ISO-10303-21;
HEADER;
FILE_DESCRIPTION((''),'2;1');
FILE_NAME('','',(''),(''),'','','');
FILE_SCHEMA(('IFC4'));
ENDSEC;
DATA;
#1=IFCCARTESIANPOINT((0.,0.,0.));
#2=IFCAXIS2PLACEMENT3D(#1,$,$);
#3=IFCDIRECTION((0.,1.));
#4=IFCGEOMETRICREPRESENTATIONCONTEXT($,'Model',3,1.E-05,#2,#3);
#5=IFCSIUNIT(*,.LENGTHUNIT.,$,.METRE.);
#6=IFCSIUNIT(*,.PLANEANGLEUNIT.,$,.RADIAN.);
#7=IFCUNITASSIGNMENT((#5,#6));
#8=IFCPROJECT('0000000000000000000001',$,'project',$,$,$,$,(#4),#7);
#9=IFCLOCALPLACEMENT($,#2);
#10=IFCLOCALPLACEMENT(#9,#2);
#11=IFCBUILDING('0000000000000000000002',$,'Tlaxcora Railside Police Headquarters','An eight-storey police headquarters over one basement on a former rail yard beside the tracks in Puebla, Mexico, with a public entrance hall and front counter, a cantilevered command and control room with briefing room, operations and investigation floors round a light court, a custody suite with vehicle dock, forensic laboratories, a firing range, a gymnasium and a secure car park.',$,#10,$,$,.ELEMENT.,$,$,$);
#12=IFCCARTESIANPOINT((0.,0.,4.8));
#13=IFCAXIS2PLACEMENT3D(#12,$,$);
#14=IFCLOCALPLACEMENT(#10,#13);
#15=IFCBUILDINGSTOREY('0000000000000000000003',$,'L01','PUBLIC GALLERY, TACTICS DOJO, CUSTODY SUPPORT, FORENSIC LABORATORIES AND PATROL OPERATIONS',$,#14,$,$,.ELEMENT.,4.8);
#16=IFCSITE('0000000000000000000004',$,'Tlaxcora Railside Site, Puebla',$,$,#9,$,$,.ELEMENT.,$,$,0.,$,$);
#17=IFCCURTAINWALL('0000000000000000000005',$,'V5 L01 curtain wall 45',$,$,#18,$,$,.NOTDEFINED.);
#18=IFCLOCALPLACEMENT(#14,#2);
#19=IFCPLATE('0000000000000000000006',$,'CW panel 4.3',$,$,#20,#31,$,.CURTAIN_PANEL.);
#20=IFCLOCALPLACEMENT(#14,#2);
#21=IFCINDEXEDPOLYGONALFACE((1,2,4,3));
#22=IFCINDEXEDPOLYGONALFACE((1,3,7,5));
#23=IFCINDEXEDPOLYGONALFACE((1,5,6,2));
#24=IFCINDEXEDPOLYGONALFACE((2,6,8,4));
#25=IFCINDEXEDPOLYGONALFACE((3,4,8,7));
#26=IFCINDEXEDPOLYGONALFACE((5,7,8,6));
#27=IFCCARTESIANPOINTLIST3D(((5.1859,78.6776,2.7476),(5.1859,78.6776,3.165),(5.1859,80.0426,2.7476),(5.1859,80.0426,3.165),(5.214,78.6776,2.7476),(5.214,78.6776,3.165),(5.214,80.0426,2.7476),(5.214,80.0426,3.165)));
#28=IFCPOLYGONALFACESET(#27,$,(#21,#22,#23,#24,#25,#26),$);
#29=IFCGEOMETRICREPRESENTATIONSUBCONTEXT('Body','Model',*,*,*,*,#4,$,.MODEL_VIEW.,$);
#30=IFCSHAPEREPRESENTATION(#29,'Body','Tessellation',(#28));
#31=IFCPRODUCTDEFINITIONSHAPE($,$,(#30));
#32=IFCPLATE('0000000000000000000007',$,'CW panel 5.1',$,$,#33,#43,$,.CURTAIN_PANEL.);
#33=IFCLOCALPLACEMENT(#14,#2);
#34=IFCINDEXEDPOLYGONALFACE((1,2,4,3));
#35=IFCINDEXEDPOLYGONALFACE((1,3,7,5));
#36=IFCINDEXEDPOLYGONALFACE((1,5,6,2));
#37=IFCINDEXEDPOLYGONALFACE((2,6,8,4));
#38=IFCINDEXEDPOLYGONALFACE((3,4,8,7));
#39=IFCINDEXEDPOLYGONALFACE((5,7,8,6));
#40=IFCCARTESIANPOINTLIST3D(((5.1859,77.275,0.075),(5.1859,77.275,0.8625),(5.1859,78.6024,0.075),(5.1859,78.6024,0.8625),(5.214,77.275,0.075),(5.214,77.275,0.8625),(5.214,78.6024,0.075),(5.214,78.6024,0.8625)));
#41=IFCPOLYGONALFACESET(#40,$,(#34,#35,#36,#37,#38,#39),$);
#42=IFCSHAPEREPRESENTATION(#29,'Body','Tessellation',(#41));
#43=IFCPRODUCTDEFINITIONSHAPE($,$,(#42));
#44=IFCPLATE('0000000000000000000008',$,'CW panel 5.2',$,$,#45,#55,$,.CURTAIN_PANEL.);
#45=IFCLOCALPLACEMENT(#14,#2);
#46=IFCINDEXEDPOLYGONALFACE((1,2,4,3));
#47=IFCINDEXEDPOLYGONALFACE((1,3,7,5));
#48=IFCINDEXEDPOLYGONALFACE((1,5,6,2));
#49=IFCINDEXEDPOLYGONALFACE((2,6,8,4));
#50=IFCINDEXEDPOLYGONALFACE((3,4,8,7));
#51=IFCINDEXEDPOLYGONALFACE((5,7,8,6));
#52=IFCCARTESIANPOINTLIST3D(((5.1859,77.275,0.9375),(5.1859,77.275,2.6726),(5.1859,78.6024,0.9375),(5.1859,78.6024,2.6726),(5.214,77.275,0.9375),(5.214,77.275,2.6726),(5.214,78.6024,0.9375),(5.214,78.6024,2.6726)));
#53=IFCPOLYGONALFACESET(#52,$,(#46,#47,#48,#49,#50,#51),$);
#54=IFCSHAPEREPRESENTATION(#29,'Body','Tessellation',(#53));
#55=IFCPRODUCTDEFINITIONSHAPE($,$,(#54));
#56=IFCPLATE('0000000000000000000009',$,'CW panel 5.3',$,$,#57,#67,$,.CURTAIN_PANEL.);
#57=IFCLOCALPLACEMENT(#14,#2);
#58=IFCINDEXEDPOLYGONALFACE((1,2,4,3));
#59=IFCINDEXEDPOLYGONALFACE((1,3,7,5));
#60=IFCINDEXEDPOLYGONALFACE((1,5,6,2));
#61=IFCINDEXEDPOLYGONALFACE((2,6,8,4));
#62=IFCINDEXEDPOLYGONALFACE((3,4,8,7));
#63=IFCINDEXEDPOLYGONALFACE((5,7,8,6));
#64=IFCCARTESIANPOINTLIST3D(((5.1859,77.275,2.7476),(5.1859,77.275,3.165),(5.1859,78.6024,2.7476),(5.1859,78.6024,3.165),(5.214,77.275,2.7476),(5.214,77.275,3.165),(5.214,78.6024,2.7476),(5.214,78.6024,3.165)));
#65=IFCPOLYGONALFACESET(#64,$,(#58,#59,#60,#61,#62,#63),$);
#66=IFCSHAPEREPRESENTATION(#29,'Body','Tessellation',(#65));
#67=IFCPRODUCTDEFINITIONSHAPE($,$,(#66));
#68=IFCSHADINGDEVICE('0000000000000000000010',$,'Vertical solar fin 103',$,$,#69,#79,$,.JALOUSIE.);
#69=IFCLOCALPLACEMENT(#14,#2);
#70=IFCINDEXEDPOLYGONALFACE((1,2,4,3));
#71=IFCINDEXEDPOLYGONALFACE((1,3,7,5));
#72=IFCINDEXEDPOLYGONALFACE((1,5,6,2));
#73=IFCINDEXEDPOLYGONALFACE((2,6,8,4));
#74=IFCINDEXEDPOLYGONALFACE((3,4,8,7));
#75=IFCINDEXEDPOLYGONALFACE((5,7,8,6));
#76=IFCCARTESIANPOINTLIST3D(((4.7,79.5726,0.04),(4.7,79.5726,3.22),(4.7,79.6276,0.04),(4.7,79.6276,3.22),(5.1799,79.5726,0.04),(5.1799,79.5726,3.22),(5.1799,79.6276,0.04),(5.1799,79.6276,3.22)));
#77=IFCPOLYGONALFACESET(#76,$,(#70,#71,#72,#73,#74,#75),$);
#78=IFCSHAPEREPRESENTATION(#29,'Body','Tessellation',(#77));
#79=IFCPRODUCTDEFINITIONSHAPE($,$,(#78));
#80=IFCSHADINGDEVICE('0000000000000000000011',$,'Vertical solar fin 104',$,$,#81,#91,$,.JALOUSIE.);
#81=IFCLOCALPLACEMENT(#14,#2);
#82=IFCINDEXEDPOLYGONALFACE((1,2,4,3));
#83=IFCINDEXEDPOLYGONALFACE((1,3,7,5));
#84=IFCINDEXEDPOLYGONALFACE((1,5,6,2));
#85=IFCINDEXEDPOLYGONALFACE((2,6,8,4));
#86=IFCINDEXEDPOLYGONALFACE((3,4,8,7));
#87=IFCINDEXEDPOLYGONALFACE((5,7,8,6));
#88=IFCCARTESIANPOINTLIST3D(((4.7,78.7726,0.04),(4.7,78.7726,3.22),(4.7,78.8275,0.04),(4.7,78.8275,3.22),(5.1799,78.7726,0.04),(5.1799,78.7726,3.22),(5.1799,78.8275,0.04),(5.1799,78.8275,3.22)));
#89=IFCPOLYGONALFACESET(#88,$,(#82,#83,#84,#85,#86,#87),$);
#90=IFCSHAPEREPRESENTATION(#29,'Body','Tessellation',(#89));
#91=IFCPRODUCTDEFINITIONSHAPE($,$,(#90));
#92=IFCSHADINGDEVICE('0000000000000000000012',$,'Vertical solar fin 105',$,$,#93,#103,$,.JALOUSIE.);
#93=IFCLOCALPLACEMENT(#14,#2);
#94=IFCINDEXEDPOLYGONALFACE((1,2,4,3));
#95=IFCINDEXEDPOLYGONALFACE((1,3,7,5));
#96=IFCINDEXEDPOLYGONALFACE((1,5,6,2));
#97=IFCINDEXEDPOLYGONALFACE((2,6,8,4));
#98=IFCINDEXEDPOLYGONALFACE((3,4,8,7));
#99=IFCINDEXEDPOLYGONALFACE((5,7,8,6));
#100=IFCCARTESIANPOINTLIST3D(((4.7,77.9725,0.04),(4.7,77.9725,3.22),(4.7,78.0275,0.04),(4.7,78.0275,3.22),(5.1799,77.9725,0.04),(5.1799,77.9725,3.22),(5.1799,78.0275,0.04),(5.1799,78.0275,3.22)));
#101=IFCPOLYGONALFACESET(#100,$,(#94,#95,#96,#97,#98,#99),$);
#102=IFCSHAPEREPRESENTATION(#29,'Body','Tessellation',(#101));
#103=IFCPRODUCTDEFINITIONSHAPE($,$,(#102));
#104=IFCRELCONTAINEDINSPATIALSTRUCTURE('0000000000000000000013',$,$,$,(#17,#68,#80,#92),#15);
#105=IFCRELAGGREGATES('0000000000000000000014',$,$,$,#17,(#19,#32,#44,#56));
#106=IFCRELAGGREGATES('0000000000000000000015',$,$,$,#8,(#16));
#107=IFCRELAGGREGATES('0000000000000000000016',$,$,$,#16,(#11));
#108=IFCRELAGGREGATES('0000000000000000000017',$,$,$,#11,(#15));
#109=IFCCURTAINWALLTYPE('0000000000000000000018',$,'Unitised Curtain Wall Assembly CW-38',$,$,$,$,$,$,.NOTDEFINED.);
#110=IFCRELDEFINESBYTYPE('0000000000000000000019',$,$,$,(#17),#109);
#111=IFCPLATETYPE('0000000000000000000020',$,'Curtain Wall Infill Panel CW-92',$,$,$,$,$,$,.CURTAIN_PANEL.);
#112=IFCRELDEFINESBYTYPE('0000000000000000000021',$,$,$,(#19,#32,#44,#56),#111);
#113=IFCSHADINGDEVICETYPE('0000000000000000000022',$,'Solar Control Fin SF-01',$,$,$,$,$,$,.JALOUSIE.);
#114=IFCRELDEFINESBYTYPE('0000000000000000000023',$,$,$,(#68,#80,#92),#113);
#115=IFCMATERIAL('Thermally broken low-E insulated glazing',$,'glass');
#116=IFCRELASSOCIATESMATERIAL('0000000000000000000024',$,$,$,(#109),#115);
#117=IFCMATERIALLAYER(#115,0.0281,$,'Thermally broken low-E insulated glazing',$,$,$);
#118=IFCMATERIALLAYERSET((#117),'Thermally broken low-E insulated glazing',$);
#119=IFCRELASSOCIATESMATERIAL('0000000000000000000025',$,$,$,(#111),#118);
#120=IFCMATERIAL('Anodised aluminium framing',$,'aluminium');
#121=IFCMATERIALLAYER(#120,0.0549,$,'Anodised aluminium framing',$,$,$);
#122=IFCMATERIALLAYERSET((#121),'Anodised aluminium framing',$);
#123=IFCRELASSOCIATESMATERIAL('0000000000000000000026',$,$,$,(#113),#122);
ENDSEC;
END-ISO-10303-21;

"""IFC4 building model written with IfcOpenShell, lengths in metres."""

from ifc_helpers import new_model, si_unit, direction, frame, origin, origin_2d, place, context, subcontext, project, spatial, rectangle, extrude, material, layer, layer_set, type_object, element, aggregate, save


model = new_model("IFC4")

# Units and contexts
model_context = context("Model", 3, precision=1e-05, world=origin(), true_north=direction((0.0, 1.0)))
body_context = subcontext(model_context, "Body", "Model", "MODEL_VIEW")
ifc_project = project(units=[si_unit("LENGTHUNIT", "METRE"), si_unit("PLANEANGLEUNIT", "RADIAN")], contexts=[model_context])

# Site, building, storey
site_placement = place(None, origin())
site = spatial("IfcSite", under=ifc_project, at=site_placement, Name="Tlaxcora Railside Site, Puebla", CompositionType="ELEMENT", RefElevation=0.0)
building_placement = place(site_placement, origin())
building = spatial("IfcBuilding", under=site, at=building_placement, Name="Tlaxcora Railside Police Headquarters", Description="An eight-storey police headquarters over one basement on a former rail yard beside the tracks in Puebla, Mexico, with a public entrance hall and front counter, a cantilevered command and control room with briefing room, operations and investigation floors round a light court, a custody suite with vehicle dock, forensic laboratories, a firing range, a gymnasium and a secure car park.", CompositionType="ELEMENT")
storey_placement = place(building_placement, frame((0.0, 0.0, 4.8)))
storey = spatial("IfcBuildingStorey", under=building, at=storey_placement, Name="L01", Description="PUBLIC GALLERY, TACTICS DOJO, CUSTODY SUPPORT, FORENSIC LABORATORIES AND PATROL OPERATIONS", CompositionType="ELEMENT", Elevation=4.8)

# Curtain wall
ifc_material_1 = material(Name="Thermally broken low-E insulated glazing", Category="glass")
curtain_wall_type = type_object("IfcCurtainWallType", Name="Unitised Curtain Wall Assembly CW-38", PredefinedType="NOTDEFINED", material=ifc_material_1)
curtain_wall_placement = place(storey_placement, origin())
curtain_wall = element("IfcCurtainWall", 1, at=curtain_wall_placement, inside=storey, type_object=curtain_wall_type, Name="V5 L01 curtain wall 45", PredefinedType="NOTDEFINED")
ifc_material_2 = material(Name="Anodised aluminium framing", Category="aluminium")

# Plates
ifc_layer_1 = layer(ifc_material_1, 0.0281, Name="Thermally broken low-E insulated glazing")
ifc_layer_set_1 = layer_set([ifc_layer_1], Name="Thermally broken low-E insulated glazing")
plate_type = type_object("IfcPlateType", Name="Curtain Wall Infill Panel CW-92", PredefinedType="CURTAIN_PANEL", material=ifc_layer_set_1)
plate_1_placement = place(storey_placement, frame((5.2, 79.3601, 2.7476), z_axis=(0.0, 0.0, 1.0), x_axis=(0.0, -1.0, 0.0)))
plate_1 = element("IfcPlate", 2, at=plate_1_placement, type_object=plate_type, Name="CW panel 4.3", PredefinedType="CURTAIN_PANEL", context=body_context, shape_type="SweptSolid", body=[
    extrude(rectangle(XDim=1.365, YDim=0.0281, at=origin_2d()), origin(), (0.0, 0.0, 1.0), 0.4175),
])
plate_2_placement = place(storey_placement, frame((5.2, 77.9387, 0.075), z_axis=(0.0, 0.0, 1.0), x_axis=(0.0, -1.0, 0.0)))
plate_2 = element("IfcPlate", 3, at=plate_2_placement, type_object=plate_type, Name="CW panel 5.1", PredefinedType="CURTAIN_PANEL", context=body_context, shape_type="SweptSolid", body=[
    extrude(rectangle(XDim=1.3274, YDim=0.0281, at=origin_2d()), origin(), (0.0, 0.0, 1.0), 0.7876),
])
plate_3_placement = place(storey_placement, frame((5.2, 77.9387, 0.9375), z_axis=(0.0, 0.0, 1.0), x_axis=(0.0, -1.0, 0.0)))
plate_3 = element("IfcPlate", 4, at=plate_3_placement, type_object=plate_type, Name="CW panel 5.2", PredefinedType="CURTAIN_PANEL", context=body_context, shape_type="SweptSolid", body=[
    extrude(rectangle(XDim=1.3274, YDim=0.0281, at=origin_2d()), origin(), (0.0, 0.0, 1.0), 1.7351),
])
plate_4_placement = place(storey_placement, frame((5.2, 77.9387, 2.7476), z_axis=(0.0, 0.0, 1.0), x_axis=(0.0, -1.0, 0.0)))
plate_4 = element("IfcPlate", 5, at=plate_4_placement, type_object=plate_type, Name="CW panel 5.3", PredefinedType="CURTAIN_PANEL", context=body_context, shape_type="SweptSolid", body=[
    extrude(rectangle(XDim=1.3274, YDim=0.0281, at=origin_2d()), origin(), (0.0, 0.0, 1.0), 0.4175),
])
aggregate(curtain_wall, [plate_1, plate_2, plate_3, plate_4])

# Shading devices
ifc_layer_2 = layer(ifc_material_2, 0.0549, Name="Anodised aluminium framing")
ifc_layer_set_2 = layer_set([ifc_layer_2], Name="Anodised aluminium framing")
shading_device_type = type_object("IfcShadingDeviceType", Name="Solar Control Fin SF-01", PredefinedType="JALOUSIE", material=ifc_layer_set_2)
for number, where, z_axis, x_axis, name in (
    (6, (4.9399, 79.6001, 0.04), (0.0, 0.0, 1.0), (-1.0, 0.0, 0.0), "Vertical solar fin 103"),
    (7, (4.9399, 78.8, 0.04), (0.0, 0.0, 1.0), (-1.0, 0.0, 0.0), "Vertical solar fin 104"),
    (8, (4.9399, 78.0, 0.04), (0.0, 0.0, 1.0), (-1.0, 0.0, 0.0), "Vertical solar fin 105"),
):
    element("IfcShadingDevice", number, at=place(storey_placement, frame(where, z_axis=z_axis, x_axis=x_axis)), inside=storey, type_object=shading_device_type, Name=name, PredefinedType="JALOUSIE", context=body_context, shape_type="SweptSolid", body=[
        extrude(rectangle(XDim=0.48, YDim=0.0549, at=origin_2d()), origin(), (0.0, 0.0, 1.0), 3.1799),
    ])

save(model, "model.ifc")
